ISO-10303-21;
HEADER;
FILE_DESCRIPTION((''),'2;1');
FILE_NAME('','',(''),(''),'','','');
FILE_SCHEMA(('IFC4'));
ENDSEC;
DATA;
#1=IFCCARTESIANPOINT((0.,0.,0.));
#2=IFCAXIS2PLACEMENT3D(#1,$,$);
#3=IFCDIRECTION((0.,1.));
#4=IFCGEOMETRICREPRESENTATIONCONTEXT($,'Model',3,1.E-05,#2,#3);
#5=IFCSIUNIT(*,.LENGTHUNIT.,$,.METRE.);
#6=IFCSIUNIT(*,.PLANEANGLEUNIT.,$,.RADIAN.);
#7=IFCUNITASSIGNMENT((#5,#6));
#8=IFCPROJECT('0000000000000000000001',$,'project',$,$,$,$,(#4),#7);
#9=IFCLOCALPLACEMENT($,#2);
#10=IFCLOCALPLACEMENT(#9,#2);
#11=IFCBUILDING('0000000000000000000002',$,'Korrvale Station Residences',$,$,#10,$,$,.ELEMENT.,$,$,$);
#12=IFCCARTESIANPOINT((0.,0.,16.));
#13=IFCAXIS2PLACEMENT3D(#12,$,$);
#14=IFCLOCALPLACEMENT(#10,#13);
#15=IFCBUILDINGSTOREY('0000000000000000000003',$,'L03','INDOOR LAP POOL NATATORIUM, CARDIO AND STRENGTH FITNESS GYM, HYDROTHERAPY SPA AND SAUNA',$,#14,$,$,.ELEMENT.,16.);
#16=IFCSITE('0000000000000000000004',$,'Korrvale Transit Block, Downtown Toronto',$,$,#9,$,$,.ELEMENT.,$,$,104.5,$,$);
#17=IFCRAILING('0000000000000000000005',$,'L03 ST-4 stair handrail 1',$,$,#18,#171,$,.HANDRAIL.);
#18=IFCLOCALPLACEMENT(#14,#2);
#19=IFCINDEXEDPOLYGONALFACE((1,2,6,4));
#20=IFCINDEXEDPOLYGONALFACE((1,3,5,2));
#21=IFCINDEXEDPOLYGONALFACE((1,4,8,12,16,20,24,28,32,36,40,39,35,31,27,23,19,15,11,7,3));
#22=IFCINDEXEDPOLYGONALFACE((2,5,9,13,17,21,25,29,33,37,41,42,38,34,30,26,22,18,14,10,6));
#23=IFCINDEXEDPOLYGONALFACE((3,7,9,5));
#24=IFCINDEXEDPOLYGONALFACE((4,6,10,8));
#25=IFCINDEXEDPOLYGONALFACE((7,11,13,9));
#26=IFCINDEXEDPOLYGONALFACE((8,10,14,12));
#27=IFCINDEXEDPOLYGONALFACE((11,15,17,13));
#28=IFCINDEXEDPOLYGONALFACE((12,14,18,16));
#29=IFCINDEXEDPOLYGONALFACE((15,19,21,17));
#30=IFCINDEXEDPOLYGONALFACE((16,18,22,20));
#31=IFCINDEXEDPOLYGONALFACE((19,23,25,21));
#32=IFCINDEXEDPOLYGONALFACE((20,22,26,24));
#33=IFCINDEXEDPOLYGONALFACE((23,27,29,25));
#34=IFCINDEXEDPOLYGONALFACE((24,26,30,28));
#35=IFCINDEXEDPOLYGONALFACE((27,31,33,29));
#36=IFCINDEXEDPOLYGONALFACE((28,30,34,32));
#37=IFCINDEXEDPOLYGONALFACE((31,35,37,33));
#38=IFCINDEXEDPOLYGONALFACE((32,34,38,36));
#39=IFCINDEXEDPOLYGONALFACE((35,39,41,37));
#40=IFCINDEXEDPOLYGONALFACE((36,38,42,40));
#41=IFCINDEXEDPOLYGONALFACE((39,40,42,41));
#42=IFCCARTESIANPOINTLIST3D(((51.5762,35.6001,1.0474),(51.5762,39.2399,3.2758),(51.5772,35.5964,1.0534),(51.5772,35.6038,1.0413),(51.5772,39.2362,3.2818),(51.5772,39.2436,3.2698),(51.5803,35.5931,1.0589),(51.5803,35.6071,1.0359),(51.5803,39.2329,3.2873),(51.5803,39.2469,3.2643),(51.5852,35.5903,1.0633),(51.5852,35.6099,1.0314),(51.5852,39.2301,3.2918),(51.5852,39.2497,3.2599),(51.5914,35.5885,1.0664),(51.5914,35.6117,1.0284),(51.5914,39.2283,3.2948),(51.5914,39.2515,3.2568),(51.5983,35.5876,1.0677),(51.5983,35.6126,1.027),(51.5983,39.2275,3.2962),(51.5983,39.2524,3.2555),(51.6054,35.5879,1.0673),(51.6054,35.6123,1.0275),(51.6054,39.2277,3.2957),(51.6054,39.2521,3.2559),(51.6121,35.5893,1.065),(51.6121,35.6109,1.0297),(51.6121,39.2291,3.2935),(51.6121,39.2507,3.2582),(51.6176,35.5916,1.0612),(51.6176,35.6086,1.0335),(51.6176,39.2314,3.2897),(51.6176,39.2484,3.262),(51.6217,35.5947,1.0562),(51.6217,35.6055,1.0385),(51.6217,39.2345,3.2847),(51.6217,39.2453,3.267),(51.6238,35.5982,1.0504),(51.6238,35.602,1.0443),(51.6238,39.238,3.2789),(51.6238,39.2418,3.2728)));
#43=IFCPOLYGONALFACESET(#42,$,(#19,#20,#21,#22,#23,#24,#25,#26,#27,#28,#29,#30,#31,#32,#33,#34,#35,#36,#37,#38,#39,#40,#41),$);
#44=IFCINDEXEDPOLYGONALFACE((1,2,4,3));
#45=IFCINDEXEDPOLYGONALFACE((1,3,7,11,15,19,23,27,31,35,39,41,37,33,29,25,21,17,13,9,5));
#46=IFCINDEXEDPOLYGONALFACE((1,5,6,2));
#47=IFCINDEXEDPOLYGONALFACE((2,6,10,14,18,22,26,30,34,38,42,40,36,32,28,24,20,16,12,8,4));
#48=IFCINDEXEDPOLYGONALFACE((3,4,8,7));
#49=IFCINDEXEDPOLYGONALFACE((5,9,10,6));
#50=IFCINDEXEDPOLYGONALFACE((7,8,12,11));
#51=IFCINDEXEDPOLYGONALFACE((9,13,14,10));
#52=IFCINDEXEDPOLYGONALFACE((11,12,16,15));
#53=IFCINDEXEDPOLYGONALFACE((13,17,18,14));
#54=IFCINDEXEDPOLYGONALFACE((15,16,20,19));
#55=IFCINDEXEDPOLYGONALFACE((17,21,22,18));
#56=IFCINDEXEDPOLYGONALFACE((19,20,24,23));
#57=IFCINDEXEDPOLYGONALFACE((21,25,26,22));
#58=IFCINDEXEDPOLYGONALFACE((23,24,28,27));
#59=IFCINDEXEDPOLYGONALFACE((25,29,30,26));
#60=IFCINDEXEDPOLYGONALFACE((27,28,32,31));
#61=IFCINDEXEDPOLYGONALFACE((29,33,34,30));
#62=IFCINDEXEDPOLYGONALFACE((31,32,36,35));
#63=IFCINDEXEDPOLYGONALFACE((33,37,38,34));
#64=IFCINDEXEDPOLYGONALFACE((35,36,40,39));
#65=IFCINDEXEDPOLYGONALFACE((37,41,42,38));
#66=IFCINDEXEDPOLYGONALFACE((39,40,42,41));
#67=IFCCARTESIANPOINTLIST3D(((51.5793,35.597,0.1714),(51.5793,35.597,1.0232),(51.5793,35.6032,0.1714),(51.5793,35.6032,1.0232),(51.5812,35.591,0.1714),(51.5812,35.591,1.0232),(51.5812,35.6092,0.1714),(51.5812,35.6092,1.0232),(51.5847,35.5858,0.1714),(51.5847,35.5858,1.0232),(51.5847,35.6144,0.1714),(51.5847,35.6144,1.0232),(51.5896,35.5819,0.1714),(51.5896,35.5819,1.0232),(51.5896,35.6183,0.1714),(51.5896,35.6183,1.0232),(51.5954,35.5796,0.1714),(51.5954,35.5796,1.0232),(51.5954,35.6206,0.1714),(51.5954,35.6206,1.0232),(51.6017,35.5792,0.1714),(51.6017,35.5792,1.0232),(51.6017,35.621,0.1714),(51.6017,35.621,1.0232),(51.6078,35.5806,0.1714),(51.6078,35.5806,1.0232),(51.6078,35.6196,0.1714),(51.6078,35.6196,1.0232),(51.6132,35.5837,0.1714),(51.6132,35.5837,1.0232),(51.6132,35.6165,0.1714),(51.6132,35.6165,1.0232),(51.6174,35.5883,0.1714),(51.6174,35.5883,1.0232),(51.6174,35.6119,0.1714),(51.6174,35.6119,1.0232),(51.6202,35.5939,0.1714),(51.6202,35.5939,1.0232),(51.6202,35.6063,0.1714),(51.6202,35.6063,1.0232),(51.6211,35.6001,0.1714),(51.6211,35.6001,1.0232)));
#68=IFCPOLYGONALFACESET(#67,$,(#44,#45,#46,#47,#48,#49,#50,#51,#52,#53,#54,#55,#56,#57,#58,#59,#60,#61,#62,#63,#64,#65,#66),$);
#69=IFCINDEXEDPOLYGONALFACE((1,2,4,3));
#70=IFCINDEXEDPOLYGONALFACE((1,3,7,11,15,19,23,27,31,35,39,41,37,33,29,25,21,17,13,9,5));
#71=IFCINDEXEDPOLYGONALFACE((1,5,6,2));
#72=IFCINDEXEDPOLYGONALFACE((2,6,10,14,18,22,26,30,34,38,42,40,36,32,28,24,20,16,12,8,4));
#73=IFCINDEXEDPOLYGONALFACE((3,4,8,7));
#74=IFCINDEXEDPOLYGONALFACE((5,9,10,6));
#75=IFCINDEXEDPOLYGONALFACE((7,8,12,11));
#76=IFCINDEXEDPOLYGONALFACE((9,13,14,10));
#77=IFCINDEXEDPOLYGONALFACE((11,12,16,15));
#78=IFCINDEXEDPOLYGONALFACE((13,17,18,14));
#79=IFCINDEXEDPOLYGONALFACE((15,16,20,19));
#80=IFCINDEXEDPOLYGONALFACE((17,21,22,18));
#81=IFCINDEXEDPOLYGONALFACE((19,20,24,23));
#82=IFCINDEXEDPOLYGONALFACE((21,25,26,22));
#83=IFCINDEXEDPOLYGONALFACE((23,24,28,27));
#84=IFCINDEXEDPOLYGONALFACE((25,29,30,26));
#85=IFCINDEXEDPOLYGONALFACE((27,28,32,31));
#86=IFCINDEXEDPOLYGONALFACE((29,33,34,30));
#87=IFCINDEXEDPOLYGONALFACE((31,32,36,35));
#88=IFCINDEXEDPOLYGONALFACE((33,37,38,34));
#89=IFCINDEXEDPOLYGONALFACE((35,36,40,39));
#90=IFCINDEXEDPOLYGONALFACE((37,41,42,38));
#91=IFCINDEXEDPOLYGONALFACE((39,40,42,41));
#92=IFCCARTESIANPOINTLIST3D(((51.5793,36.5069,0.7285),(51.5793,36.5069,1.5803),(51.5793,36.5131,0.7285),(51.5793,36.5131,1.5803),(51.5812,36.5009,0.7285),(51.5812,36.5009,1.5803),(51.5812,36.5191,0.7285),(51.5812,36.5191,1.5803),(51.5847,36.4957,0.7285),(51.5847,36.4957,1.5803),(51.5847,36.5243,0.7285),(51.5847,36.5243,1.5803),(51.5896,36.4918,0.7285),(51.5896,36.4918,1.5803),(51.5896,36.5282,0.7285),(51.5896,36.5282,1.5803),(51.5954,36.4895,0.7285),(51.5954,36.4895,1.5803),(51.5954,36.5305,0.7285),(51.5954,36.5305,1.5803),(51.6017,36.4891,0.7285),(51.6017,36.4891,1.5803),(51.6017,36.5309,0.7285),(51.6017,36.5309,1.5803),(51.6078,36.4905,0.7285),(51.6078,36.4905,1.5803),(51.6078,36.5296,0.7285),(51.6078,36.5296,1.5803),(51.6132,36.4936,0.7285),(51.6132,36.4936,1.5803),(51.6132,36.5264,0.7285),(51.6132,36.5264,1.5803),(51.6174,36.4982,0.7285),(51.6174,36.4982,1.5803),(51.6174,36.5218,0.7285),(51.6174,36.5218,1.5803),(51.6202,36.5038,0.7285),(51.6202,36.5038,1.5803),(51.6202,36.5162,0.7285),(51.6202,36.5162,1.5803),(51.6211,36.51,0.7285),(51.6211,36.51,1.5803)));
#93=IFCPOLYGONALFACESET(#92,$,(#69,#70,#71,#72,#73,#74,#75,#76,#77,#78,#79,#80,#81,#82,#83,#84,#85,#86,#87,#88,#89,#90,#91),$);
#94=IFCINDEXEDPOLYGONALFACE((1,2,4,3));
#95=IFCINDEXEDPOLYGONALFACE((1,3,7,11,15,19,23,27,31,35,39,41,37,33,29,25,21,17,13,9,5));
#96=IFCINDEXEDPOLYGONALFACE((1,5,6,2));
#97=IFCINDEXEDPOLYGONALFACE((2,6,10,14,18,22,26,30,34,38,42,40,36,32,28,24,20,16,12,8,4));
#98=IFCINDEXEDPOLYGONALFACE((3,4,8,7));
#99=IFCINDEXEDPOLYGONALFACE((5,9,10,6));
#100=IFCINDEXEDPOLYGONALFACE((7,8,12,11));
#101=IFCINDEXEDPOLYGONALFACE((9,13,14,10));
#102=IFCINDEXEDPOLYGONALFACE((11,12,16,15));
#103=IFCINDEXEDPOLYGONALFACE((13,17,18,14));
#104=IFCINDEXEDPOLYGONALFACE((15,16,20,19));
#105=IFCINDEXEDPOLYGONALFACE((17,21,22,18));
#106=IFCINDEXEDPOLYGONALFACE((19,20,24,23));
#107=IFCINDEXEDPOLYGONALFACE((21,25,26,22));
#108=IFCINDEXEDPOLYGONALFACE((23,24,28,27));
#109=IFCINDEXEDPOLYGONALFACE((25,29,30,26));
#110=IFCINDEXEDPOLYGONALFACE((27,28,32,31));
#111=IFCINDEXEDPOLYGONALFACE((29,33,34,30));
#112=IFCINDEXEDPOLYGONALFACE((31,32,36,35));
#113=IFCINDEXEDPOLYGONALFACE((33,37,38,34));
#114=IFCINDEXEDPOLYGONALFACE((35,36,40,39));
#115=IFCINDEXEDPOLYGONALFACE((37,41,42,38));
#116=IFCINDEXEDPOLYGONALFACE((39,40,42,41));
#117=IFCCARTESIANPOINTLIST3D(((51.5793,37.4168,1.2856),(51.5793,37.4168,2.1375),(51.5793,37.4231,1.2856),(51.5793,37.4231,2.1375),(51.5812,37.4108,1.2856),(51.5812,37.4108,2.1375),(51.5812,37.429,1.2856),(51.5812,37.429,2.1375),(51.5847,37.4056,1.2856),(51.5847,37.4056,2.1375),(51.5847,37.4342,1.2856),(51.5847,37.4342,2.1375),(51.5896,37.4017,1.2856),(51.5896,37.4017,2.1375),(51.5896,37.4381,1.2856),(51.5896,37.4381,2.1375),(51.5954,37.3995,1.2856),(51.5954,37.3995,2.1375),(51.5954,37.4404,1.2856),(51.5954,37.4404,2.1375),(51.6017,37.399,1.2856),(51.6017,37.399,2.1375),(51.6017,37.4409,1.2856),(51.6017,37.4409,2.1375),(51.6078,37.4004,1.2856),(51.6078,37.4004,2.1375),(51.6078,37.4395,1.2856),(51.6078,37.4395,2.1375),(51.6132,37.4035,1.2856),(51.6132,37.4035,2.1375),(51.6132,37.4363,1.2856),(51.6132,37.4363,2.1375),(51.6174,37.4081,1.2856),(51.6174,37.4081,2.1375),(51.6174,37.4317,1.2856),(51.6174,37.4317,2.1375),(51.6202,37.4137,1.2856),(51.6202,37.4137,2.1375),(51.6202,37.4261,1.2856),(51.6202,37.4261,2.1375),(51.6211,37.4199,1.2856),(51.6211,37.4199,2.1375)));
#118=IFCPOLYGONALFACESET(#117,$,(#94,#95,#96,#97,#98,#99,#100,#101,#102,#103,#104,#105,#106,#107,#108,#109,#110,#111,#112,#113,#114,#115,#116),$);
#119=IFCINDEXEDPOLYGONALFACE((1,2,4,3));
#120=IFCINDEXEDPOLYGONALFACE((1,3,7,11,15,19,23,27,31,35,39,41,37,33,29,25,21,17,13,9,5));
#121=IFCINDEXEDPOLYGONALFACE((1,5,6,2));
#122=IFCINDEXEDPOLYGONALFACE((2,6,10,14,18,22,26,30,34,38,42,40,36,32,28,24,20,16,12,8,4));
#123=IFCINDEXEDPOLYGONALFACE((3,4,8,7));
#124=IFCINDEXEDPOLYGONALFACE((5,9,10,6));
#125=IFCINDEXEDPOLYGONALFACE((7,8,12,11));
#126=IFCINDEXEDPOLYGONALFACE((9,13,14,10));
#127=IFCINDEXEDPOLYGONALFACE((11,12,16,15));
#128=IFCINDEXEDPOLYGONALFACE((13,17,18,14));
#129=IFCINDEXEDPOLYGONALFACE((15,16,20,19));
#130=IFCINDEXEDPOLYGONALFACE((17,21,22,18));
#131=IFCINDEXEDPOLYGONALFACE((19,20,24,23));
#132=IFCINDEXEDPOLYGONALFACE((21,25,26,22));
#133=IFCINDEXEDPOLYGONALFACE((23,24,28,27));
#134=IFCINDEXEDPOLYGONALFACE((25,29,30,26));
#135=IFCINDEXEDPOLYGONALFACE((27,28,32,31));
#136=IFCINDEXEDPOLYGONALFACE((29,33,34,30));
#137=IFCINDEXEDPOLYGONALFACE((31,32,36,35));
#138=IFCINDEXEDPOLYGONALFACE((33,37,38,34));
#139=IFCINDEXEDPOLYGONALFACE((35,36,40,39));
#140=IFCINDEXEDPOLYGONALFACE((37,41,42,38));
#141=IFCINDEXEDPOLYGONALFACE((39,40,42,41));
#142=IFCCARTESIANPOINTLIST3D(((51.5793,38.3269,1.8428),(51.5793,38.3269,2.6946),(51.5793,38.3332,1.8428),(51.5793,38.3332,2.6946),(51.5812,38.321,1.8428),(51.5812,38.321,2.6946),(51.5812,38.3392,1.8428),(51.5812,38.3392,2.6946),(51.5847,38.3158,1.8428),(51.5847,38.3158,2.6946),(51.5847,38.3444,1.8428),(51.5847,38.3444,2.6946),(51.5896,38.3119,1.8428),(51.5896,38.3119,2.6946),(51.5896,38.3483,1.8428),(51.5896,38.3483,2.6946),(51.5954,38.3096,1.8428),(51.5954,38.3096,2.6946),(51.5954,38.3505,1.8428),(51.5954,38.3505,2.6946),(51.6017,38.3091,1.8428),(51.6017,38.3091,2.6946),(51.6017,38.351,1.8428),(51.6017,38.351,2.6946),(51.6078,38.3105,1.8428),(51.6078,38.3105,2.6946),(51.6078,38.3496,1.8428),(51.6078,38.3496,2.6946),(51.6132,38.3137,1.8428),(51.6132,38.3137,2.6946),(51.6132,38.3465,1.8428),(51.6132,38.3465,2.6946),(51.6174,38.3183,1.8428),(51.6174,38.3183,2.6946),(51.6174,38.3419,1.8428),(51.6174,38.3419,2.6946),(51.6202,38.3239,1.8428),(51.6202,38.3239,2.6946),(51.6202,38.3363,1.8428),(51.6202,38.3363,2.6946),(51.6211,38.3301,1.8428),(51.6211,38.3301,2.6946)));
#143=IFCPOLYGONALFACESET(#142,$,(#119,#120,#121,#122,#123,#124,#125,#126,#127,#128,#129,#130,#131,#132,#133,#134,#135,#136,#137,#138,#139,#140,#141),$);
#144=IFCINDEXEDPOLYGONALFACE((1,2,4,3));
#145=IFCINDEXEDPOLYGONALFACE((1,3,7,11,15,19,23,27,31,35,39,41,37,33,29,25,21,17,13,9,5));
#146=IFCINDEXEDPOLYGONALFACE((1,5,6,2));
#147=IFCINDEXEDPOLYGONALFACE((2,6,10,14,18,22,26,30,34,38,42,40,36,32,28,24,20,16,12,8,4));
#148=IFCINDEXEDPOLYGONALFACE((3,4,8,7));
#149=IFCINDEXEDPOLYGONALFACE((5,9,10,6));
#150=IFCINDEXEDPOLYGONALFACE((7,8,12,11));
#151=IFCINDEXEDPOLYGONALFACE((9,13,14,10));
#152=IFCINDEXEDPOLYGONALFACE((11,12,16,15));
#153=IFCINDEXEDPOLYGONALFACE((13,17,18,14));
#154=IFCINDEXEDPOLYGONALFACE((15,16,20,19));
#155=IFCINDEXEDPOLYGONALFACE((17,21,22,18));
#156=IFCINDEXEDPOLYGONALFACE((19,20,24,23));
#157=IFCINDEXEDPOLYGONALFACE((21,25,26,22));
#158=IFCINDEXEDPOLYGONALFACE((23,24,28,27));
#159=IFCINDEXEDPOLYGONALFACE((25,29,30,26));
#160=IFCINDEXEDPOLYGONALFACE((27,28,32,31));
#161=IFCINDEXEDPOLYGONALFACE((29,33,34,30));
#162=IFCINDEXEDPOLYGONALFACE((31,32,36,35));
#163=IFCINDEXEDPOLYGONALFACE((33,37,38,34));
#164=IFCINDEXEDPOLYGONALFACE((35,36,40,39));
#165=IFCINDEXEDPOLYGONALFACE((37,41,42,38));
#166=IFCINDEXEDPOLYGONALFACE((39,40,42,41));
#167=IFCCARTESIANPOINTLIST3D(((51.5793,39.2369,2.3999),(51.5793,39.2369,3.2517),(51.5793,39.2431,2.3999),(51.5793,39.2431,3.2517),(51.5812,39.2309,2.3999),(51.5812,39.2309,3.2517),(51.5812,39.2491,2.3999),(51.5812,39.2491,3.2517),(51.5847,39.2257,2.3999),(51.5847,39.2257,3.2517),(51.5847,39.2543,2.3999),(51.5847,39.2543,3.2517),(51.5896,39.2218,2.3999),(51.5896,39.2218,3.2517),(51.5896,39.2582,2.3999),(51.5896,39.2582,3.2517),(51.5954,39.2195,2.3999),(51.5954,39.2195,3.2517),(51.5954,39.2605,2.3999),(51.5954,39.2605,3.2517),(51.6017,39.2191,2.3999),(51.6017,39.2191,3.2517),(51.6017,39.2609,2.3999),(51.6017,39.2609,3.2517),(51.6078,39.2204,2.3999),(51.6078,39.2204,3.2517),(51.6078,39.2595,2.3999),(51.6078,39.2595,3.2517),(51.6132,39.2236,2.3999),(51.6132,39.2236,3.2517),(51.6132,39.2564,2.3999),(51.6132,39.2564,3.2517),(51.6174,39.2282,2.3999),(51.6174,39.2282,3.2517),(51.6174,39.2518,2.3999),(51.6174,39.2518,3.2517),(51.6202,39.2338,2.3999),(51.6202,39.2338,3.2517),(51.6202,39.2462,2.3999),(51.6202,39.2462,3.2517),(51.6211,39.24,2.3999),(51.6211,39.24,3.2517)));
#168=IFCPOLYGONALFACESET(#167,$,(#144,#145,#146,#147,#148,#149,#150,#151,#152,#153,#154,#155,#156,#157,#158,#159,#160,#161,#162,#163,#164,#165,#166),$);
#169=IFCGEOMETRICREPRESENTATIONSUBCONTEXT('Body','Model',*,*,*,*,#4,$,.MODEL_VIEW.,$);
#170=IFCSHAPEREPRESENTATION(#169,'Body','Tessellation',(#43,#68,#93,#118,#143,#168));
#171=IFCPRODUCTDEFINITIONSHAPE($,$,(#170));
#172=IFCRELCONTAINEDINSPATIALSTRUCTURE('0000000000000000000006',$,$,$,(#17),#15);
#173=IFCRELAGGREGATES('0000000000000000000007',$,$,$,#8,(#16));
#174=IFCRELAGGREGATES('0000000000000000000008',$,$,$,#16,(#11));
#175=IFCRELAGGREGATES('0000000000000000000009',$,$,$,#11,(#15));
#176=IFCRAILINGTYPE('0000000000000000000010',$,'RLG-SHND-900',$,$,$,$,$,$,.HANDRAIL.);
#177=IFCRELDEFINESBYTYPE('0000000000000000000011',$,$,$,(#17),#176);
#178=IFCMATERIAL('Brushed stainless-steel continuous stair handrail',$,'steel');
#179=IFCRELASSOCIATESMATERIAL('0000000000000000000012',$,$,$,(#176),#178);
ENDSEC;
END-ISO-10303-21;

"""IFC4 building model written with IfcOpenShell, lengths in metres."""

from ifc_helpers import new_model, si_unit, direction, frame, origin, origin_2d, place, context, subcontext, project, spatial, circle, extrude, material, type_object, element, save


model = new_model("IFC4")

# Units and contexts
model_context = context("Model", 3, precision=1e-05, world=origin(), true_north=direction((0.0, 1.0)))
body_context = subcontext(model_context, "Body", "Model", "MODEL_VIEW")
ifc_project = project(units=[si_unit("LENGTHUNIT", "METRE"), si_unit("PLANEANGLEUNIT", "RADIAN")], contexts=[model_context])

# Site, building, storey
site_placement = place(None, origin())
site = spatial("IfcSite", under=ifc_project, at=site_placement, Name="Korrvale Transit Block, Downtown Toronto", CompositionType="ELEMENT", RefElevation=104.5)
building_placement = place(site_placement, origin())
building = spatial("IfcBuilding", under=site, at=building_placement, Name="Korrvale Station Residences", CompositionType="ELEMENT")
storey_placement = place(building_placement, frame((0.0, 0.0, 16.0)))
storey = spatial("IfcBuildingStorey", under=building, at=storey_placement, Name="L03", Description="INDOOR LAP POOL NATATORIUM, CARDIO AND STRENGTH FITNESS GYM, HYDROTHERAPY SPA AND SAUNA", CompositionType="ELEMENT", Elevation=16.0)

# Railing
ifc_material_1 = material(Name="Brushed stainless-steel continuous stair handrail", Category="steel")
railing_type_1 = type_object("IfcRailingType", Name="RLG-SHND-900", PredefinedType="HANDRAIL", material=ifc_material_1)
railing_1_placement = place(storey_placement, frame((51.6001, 35.6001, 0.1714)))
element("IfcRailing", 1, at=railing_1_placement, inside=storey, type_object=railing_type_1, Name="L03 ST-4 stair handrail 1", PredefinedType="HANDRAIL", context=body_context, shape_type="SweptSolid", body=[
    extrude(circle(Radius=0.0239, at=origin_2d()), frame((0.0, 0.0, 0.876), z_axis=(0.0, 0.85285, 0.522156), x_axis=(-1.0, 0.0, 0.0)), (0.0, 0.0, 1.0), 4.2678),
    extrude(circle(Radius=0.021, at=origin_2d()), origin(), (0.0, 0.0, 1.0), 0.8518),
    extrude(circle(Radius=0.021, at=origin_2d()), frame((0.0, 0.9099, 0.5571)), (0.0, 0.0, 1.0), 0.8518),
    extrude(circle(Radius=0.021, at=origin_2d()), frame((0.0, 1.8198, 1.1143)), (0.0, 0.0, 1.0), 0.8518),
    extrude(circle(Radius=0.021, at=origin_2d()), frame((0.0, 2.73, 1.6714)), (0.0, 0.0, 1.0), 0.8518),
    extrude(circle(Radius=0.021, at=origin_2d()), frame((0.0, 3.6399, 2.2285)), (0.0, 0.0, 1.0), 0.8518),
])

save(model, "model.ifc")
